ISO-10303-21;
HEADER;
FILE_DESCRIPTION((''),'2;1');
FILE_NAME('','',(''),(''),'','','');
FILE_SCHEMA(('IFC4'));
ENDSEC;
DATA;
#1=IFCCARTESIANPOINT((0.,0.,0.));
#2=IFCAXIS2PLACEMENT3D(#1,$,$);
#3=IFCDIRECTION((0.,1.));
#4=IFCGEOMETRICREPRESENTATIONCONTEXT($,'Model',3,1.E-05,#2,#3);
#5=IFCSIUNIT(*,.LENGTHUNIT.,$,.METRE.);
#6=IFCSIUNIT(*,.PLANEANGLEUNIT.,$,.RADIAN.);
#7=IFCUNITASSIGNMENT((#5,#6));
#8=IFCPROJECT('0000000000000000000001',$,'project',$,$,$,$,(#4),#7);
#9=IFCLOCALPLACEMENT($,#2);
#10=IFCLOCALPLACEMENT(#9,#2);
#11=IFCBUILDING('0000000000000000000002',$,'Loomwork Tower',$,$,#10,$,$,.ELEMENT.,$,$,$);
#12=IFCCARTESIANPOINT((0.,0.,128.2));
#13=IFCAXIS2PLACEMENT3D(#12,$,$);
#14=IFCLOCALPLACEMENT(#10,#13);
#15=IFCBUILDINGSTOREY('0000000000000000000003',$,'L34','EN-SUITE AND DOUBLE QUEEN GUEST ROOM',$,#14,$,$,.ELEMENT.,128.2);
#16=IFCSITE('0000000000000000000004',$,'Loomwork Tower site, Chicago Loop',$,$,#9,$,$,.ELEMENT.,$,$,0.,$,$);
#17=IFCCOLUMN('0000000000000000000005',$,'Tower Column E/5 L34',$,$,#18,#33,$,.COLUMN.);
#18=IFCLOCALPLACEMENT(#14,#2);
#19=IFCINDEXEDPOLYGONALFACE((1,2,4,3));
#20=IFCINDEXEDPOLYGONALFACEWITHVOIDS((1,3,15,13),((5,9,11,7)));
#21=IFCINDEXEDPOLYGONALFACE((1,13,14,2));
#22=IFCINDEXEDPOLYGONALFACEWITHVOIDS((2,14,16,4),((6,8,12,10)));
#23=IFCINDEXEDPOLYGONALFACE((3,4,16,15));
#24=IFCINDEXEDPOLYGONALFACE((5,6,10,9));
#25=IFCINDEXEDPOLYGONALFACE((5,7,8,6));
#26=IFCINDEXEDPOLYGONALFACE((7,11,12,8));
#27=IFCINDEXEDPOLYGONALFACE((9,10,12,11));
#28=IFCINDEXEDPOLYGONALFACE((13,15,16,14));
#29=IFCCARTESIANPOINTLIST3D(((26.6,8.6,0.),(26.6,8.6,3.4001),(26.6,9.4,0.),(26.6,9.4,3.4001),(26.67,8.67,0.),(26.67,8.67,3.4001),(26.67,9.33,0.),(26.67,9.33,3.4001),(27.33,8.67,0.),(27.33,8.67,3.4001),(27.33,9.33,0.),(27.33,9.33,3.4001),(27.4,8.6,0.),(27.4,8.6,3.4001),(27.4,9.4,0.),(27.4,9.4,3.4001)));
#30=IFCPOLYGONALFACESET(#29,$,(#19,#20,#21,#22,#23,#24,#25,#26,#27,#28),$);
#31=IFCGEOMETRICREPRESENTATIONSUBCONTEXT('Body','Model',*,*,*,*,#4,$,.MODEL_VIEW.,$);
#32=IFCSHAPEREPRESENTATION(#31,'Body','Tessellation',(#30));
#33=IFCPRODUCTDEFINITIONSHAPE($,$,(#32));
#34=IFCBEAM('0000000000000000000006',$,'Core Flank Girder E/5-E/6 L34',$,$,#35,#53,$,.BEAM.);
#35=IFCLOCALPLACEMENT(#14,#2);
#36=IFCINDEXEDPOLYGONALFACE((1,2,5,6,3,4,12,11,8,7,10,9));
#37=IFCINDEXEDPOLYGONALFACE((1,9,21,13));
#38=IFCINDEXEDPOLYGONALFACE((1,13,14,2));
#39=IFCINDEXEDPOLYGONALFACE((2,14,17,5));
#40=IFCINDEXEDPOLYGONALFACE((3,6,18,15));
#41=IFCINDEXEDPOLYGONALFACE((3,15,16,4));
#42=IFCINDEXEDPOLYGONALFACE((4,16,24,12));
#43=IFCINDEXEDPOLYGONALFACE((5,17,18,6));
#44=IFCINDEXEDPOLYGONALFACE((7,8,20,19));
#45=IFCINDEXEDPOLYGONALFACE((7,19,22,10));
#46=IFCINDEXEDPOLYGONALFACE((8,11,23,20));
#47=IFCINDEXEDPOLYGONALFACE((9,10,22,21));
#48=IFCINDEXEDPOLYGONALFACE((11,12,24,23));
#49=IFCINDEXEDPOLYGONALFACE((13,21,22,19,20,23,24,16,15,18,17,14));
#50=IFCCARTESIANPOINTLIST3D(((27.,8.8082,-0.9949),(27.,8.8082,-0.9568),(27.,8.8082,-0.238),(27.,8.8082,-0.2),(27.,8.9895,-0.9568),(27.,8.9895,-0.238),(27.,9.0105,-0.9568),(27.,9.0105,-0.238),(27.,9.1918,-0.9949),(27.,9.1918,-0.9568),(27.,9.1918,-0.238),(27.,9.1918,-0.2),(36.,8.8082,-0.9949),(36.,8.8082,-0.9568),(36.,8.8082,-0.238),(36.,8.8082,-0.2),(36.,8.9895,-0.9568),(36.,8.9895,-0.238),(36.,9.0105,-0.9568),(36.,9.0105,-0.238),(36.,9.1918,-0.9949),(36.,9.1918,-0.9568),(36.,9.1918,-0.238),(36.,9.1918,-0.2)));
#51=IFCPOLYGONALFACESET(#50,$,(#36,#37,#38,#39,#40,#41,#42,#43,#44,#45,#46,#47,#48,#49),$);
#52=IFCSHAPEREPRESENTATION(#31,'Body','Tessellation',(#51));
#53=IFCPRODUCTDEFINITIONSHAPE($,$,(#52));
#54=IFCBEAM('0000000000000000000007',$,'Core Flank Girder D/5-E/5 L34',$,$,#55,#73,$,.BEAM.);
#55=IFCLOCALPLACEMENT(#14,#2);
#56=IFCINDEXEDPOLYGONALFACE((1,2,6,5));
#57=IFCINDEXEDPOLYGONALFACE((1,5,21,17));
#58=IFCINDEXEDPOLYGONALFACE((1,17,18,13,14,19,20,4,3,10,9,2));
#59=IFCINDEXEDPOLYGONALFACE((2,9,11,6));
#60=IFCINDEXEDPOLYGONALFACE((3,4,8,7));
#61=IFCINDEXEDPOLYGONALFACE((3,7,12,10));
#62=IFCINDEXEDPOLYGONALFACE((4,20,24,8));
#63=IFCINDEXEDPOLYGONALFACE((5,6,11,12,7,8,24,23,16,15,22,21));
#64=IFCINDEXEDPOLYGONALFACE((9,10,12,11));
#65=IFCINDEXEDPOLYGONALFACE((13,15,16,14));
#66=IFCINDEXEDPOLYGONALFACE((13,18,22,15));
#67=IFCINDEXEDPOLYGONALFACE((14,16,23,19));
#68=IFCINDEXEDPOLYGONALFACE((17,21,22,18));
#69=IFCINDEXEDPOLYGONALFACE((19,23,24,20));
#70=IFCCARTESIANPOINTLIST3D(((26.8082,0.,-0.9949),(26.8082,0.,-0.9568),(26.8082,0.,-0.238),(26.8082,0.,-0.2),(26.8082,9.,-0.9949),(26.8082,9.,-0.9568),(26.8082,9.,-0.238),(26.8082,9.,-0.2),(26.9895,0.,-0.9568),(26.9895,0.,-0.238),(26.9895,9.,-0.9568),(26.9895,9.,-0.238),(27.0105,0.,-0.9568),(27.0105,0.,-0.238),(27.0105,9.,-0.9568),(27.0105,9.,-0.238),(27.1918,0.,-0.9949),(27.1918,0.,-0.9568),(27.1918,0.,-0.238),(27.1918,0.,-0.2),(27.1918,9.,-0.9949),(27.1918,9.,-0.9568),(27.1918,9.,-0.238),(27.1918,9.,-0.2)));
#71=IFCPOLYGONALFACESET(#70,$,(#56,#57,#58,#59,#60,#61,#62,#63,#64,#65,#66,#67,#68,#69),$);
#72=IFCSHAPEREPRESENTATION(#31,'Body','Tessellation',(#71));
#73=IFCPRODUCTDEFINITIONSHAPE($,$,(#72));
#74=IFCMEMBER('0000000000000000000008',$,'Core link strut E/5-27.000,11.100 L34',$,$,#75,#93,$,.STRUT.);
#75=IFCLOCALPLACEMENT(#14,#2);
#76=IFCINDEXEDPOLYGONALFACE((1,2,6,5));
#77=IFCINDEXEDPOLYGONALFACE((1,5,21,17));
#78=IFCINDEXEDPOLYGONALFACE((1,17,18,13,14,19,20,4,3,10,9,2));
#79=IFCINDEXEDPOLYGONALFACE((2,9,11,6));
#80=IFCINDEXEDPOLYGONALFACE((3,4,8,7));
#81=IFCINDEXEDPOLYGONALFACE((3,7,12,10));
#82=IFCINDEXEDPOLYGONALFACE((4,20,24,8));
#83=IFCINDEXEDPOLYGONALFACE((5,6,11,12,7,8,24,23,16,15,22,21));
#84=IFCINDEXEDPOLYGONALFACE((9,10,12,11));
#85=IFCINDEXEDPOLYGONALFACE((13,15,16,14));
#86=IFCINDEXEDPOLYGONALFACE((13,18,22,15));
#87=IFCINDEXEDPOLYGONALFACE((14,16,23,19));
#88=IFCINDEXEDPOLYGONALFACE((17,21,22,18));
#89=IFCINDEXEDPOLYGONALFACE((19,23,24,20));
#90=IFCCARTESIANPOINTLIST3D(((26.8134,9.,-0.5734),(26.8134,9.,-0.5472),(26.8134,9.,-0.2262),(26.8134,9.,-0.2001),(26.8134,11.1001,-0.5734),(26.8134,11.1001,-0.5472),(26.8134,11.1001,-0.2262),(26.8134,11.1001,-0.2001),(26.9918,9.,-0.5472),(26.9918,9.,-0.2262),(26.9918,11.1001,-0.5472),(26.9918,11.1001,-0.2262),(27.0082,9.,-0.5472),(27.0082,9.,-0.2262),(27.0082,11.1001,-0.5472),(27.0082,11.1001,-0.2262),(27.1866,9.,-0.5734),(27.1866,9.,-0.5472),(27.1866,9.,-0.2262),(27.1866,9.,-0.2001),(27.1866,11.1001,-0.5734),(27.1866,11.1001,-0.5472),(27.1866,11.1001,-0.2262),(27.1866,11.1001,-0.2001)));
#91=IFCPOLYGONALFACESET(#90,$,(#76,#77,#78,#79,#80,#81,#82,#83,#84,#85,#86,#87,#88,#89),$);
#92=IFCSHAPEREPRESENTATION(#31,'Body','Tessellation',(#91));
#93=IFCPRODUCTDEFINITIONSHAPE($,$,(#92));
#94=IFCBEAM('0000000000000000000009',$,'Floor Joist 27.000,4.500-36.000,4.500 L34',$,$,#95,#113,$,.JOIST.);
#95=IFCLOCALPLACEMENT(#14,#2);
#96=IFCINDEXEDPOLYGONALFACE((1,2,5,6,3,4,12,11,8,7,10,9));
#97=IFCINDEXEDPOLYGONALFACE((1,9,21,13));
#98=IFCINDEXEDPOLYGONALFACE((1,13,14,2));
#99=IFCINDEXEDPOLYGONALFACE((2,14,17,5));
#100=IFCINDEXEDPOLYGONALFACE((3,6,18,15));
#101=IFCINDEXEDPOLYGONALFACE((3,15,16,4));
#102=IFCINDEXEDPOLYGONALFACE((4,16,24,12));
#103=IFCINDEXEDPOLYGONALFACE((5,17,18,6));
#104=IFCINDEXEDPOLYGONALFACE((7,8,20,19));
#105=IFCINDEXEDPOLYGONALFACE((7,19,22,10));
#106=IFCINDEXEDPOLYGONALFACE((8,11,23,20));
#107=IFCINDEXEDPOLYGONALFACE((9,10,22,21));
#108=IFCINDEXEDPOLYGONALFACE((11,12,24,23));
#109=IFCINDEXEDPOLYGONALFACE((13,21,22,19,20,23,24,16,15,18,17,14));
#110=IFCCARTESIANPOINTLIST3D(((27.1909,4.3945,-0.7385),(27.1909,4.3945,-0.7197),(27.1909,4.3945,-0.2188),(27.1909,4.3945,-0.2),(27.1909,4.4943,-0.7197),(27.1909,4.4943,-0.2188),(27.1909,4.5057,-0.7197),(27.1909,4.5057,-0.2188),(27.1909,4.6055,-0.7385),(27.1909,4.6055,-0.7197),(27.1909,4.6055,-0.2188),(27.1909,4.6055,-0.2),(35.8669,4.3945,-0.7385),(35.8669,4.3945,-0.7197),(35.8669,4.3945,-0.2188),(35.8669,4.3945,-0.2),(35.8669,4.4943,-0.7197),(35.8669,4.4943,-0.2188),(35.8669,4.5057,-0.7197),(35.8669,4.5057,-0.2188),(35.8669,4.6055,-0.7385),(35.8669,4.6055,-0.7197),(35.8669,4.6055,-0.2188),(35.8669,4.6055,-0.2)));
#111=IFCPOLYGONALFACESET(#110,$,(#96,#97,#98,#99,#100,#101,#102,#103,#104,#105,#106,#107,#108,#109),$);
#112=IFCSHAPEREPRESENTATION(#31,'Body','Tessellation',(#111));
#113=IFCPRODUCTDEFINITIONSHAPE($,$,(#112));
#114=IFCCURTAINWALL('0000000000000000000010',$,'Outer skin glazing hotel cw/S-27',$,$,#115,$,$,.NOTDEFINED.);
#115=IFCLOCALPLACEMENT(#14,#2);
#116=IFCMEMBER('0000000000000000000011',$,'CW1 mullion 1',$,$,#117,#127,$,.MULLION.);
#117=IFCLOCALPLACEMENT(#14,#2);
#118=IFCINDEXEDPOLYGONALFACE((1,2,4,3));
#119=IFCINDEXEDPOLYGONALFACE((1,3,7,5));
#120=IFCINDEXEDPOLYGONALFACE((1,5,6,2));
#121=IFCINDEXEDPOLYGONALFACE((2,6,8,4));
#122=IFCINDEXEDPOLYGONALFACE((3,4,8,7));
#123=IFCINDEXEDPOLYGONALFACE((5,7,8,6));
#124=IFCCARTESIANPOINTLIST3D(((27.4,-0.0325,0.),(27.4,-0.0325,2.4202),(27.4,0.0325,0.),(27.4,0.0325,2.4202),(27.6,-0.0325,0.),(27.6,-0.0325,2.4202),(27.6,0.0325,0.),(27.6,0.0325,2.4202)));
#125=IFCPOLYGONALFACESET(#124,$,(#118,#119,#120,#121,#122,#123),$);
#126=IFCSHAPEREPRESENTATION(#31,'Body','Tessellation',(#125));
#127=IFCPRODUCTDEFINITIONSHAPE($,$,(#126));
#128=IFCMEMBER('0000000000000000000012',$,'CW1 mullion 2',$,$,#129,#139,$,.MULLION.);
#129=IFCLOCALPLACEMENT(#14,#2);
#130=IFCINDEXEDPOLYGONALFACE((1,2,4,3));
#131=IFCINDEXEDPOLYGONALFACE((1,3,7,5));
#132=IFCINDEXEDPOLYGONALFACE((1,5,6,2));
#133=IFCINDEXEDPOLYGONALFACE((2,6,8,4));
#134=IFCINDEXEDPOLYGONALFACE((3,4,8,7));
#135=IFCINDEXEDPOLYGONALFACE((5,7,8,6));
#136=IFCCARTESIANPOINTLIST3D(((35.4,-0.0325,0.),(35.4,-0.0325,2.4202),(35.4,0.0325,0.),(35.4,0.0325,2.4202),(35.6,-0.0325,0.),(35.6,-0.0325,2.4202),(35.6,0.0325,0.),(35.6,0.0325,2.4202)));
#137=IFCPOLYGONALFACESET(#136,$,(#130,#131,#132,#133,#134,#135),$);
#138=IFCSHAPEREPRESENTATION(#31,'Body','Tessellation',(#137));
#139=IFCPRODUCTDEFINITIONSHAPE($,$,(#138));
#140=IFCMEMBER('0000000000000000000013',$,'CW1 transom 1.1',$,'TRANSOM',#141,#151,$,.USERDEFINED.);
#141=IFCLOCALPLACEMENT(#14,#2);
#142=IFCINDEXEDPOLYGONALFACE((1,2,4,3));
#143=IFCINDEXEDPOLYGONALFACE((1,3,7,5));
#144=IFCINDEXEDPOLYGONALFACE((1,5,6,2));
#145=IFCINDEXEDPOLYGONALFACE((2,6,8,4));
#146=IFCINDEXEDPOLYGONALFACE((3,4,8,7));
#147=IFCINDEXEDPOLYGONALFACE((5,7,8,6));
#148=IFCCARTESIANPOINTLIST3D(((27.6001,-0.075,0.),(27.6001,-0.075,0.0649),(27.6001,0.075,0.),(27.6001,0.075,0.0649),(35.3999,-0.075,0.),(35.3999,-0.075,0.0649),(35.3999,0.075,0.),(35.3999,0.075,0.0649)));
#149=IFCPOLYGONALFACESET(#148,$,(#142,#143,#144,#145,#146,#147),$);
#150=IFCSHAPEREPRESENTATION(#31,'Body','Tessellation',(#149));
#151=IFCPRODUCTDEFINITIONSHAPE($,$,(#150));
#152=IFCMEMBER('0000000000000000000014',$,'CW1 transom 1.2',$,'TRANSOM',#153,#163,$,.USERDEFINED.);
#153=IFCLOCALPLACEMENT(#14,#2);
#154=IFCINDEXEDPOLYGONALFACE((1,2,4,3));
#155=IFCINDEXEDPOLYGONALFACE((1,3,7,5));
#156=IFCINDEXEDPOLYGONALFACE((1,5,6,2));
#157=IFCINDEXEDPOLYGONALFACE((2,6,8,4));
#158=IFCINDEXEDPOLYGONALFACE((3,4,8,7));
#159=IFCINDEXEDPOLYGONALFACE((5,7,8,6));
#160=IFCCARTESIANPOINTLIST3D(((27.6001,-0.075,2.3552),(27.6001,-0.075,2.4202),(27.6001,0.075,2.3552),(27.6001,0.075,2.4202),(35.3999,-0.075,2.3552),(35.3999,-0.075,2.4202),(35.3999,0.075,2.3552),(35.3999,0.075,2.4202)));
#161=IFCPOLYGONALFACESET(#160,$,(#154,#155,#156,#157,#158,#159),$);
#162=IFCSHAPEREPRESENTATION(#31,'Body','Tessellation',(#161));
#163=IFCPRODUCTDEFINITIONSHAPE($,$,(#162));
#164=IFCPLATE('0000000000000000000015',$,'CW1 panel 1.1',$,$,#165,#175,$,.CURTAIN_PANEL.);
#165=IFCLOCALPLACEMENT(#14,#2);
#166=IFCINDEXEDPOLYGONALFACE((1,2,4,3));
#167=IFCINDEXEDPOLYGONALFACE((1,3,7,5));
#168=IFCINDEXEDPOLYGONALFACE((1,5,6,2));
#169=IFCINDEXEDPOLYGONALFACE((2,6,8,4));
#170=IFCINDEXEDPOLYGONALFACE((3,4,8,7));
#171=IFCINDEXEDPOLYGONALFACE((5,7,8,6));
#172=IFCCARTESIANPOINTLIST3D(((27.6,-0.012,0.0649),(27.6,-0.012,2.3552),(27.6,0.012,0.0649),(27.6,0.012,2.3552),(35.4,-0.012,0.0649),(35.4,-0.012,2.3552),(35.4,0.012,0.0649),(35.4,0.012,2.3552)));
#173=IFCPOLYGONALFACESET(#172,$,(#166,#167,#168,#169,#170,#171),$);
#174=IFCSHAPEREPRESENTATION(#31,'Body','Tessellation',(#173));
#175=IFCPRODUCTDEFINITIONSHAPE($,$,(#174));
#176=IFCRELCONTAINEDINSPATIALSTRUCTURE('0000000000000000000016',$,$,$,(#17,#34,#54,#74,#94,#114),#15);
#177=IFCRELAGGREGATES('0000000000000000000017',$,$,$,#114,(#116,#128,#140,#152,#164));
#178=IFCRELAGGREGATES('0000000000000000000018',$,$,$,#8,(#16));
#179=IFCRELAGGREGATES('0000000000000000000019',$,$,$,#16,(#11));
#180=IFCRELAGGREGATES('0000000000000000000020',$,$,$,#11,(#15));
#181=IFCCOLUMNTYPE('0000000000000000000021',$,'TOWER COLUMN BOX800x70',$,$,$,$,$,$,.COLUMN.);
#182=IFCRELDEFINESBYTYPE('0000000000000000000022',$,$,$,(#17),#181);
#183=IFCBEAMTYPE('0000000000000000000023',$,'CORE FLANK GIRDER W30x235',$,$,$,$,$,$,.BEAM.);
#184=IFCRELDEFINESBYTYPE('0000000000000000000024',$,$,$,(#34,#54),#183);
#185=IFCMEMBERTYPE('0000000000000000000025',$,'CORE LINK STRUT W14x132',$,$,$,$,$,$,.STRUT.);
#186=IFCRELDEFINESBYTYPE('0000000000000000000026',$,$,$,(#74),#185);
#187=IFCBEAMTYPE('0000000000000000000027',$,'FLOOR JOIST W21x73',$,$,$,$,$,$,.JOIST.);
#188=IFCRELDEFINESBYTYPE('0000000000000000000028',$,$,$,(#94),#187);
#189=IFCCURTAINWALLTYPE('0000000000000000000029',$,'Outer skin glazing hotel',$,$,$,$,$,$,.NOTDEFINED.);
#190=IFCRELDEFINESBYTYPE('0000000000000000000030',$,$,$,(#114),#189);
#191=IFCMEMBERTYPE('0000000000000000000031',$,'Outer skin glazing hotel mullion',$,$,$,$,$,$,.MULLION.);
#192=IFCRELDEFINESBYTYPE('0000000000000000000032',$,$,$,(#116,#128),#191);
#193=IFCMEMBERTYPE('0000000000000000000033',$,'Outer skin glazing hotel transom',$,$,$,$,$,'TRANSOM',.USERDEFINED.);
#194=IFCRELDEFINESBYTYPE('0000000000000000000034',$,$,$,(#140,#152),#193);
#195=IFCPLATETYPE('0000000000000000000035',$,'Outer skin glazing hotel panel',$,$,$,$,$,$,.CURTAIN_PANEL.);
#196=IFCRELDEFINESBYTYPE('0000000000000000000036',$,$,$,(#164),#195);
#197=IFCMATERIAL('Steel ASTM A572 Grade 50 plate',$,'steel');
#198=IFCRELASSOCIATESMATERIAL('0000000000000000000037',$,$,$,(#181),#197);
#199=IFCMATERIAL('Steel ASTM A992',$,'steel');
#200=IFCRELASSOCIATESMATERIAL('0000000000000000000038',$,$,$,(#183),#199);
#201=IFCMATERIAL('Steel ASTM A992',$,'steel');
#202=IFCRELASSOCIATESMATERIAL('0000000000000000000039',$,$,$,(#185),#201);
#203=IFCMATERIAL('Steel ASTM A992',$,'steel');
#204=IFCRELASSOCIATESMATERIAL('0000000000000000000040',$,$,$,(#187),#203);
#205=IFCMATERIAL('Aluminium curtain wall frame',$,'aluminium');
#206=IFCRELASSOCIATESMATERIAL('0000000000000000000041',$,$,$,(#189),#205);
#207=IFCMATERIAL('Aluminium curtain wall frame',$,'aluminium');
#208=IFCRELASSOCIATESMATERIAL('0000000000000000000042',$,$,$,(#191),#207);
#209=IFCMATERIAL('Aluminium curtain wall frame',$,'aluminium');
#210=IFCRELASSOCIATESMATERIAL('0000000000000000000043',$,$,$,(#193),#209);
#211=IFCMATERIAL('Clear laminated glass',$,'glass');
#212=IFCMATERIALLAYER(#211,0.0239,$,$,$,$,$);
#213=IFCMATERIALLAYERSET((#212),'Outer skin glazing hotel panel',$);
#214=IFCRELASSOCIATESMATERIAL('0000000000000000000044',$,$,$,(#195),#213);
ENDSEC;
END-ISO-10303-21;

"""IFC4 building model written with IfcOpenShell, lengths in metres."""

from ifc_helpers import new_model, si_unit, direction, frame, origin, origin_2d, place, context, subcontext, project, spatial, rectangle, hollow_rectangle, i_section, extrude, material, layer, layer_set, material_profile, profile_set, type_object, element, aggregate, save


model = new_model("IFC4")

# Units and contexts
model_context = context("Model", 3, precision=1e-05, world=origin(), true_north=direction((0.0, 1.0)))
body_context = subcontext(model_context, "Body", "Model", "MODEL_VIEW")
ifc_project = project(units=[si_unit("LENGTHUNIT", "METRE"), si_unit("PLANEANGLEUNIT", "RADIAN")], contexts=[model_context])

# Site, building, storey
site_placement = place(None, origin())
site = spatial("IfcSite", under=ifc_project, at=site_placement, Name="Loomwork Tower site, Chicago Loop", CompositionType="ELEMENT", RefElevation=0.0)
building_placement = place(site_placement, origin())
building = spatial("IfcBuilding", under=site, at=building_placement, Name="Loomwork Tower", CompositionType="ELEMENT")
storey_placement = place(building_placement, frame((0.0, 0.0, 128.2)))
storey = spatial("IfcBuildingStorey", under=building, at=storey_placement, Name="L34", Description="EN-SUITE AND DOUBLE QUEEN GUEST ROOM", CompositionType="ELEMENT", Elevation=128.2)

# Column
ifc_material_1 = material(Name="Steel ASTM A572 Grade 50 plate", Category="steel")
ifc_material_profile_1 = material_profile(ifc_material_1, hollow_rectangle(XDim=0.8, YDim=0.8, WallThickness=0.0701, at=origin_2d()), Name="BOX800x70")
ifc_profile_set_1 = profile_set([ifc_material_profile_1], Name="Steel ASTM A572 Grade 50 plate")
column_type = type_object("IfcColumnType", Name="TOWER COLUMN BOX800x70", PredefinedType="COLUMN", material=ifc_profile_set_1)
column_placement = place(storey_placement, frame((27.0, 9.0, 0.0), z_axis=(0.0, 0.0, 1.0), x_axis=(1.0, 0.0, 0.0)))
element("IfcColumn", 1, at=column_placement, inside=storey, type_object=column_type, Name="Tower Column E/5 L34", PredefinedType="COLUMN", context=body_context, shape_type="SweptSolid", body=[
    extrude(hollow_rectangle(XDim=0.8, YDim=0.8, WallThickness=0.0701, at=origin_2d()), origin(), (0.0, 0.0, 1.0), 3.4001),
])

# Beams
ifc_material_2 = material(Name="Steel ASTM A992", Category="steel")
ifc_material_profile_2 = material_profile(ifc_material_2, i_section(OverallWidth=0.3835, OverallDepth=0.7949, WebThickness=0.021, FlangeThickness=0.0381, at=origin_2d()), Name="W30x235")
ifc_profile_set_2 = profile_set([ifc_material_profile_2], Name="Steel ASTM A992")
beam_type_1 = type_object("IfcBeamType", Name="CORE FLANK GIRDER W30x235", PredefinedType="BEAM", material=ifc_profile_set_2)
for number, where, z_axis, x_axis, name in (
    (2, (27.0, 9.0, -0.5974), (1.0, 0.0, 0.0), (0.0, 1.0, 0.0), "Core Flank Girder E/5-E/6 L34"),
    (3, (27.0, 0.0, -0.5974), (0.0, 1.0, 0.0), (-1.0, 0.0, 0.0), "Core Flank Girder D/5-E/5 L34"),
):
    element("IfcBeam", number, at=place(storey_placement, frame(where, z_axis=z_axis, x_axis=x_axis)), inside=storey, type_object=beam_type_1, Name=name, PredefinedType="BEAM", context=body_context, shape_type="SweptSolid", body=[
        extrude(i_section(OverallWidth=0.3835, OverallDepth=0.7949, WebThickness=0.021, FlangeThickness=0.0381, at=origin_2d()), origin(), (0.0, 0.0, 1.0), 9.0),
    ])

# Member
ifc_material_3 = material(Name="Steel ASTM A992", Category="steel")
ifc_material_profile_3 = material_profile(ifc_material_3, i_section(OverallWidth=0.3733, OverallDepth=0.3733, WebThickness=0.0164, FlangeThickness=0.0261, at=origin_2d()), Name="W14x132")
ifc_profile_set_3 = profile_set([ifc_material_profile_3], Name="Steel ASTM A992")
member_type_1 = type_object("IfcMemberType", Name="CORE LINK STRUT W14x132", PredefinedType="STRUT", material=ifc_profile_set_3)
member_1_placement = place(storey_placement, frame((27.0, 9.0, -0.3867), z_axis=(0.0, 1.0, 0.0), x_axis=(-1.0, 0.0, 0.0)))
element("IfcMember", 4, at=member_1_placement, inside=storey, type_object=member_type_1, Name="Core link strut E/5-27.000,11.100 L34", PredefinedType="STRUT", context=body_context, shape_type="SweptSolid", body=[
    extrude(i_section(OverallWidth=0.3733, OverallDepth=0.3733, WebThickness=0.0164, FlangeThickness=0.0261, at=origin_2d()), origin(), (0.0, 0.0, 1.0), 2.1001),
])

# Beam
ifc_material_4 = material(Name="Steel ASTM A992", Category="steel")
ifc_material_profile_4 = material_profile(ifc_material_4, i_section(OverallWidth=0.2109, OverallDepth=0.5386, WebThickness=0.0115, FlangeThickness=0.0188, at=origin_2d()), Name="W21x73")
ifc_profile_set_4 = profile_set([ifc_material_profile_4], Name="Steel ASTM A992")
beam_type_2 = type_object("IfcBeamType", Name="FLOOR JOIST W21x73", PredefinedType="JOIST", material=ifc_profile_set_4)
beam_placement = place(storey_placement, frame((27.1909, 4.5, -0.4692), z_axis=(1.0, 0.0, 0.0), x_axis=(0.0, 1.0, 0.0)))
element("IfcBeam", 5, at=beam_placement, inside=storey, type_object=beam_type_2, Name="Floor Joist 27.000,4.500-36.000,4.500 L34", PredefinedType="JOIST", context=body_context, shape_type="SweptSolid", body=[
    extrude(i_section(OverallWidth=0.2109, OverallDepth=0.5386, WebThickness=0.0115, FlangeThickness=0.0188, at=origin_2d()), origin(), (0.0, 0.0, 1.0), 8.676),
])

# Curtain wall, members, plate
ifc_material_5 = material(Name="Aluminium curtain wall frame", Category="aluminium")
curtain_wall_type = type_object("IfcCurtainWallType", Name="Outer skin glazing hotel", PredefinedType="NOTDEFINED", material=ifc_material_5)
curtain_wall_placement = place(storey_placement, origin())
curtain_wall = element("IfcCurtainWall", 6, at=curtain_wall_placement, inside=storey, type_object=curtain_wall_type, Name="Outer skin glazing hotel cw/S-27", PredefinedType="NOTDEFINED")
ifc_material_6 = material(Name="Aluminium curtain wall frame", Category="aluminium")
ifc_material_profile_5 = material_profile(ifc_material_6, rectangle(XDim=0.0649, YDim=0.2, at=origin_2d()), Name="AL 65x200")
ifc_profile_set_5 = profile_set([ifc_material_profile_5], Name="Aluminium curtain wall frame")
member_type_2 = type_object("IfcMemberType", Name="Outer skin glazing hotel mullion", PredefinedType="MULLION", material=ifc_profile_set_5)
member_2_placement = place(storey_placement, frame((27.5, 0.0, 0.0), z_axis=(0.0, 0.0, 1.0), x_axis=(0.0, 1.0, 0.0)))
member_2 = element("IfcMember", 7, at=member_2_placement, type_object=member_type_2, Name="CW1 mullion 1", PredefinedType="MULLION", context=body_context, shape_type="SweptSolid", body=[
    extrude(rectangle(XDim=0.0649, YDim=0.2, at=origin_2d()), origin(), (0.0, 0.0, 1.0), 2.4202),
])
member_3_placement = place(storey_placement, frame((35.5, 0.0, 0.0), z_axis=(0.0, 0.0, 1.0), x_axis=(0.0, 1.0, 0.0)))
member_3 = element("IfcMember", 8, at=member_3_placement, type_object=member_type_2, Name="CW1 mullion 2", PredefinedType="MULLION", context=body_context, shape_type="SweptSolid", body=[
    extrude(rectangle(XDim=0.0649, YDim=0.2, at=origin_2d()), origin(), (0.0, 0.0, 1.0), 2.4202),
])
ifc_material_7 = material(Name="Aluminium curtain wall frame", Category="aluminium")
ifc_material_profile_6 = material_profile(ifc_material_7, rectangle(XDim=0.1499, YDim=0.0649, at=origin_2d()), Name="AL 65x150")
ifc_profile_set_6 = profile_set([ifc_material_profile_6], Name="Aluminium curtain wall frame")
member_type_3 = type_object("IfcMemberType", Name="Outer skin glazing hotel transom", ElementType="TRANSOM", PredefinedType="USERDEFINED", material=ifc_profile_set_6)
member_4_placement = place(storey_placement, frame((27.6001, 0.0, 0.0325), z_axis=(1.0, 0.0, 0.0), x_axis=(0.0, 1.0, 0.0)))
member_4 = element("IfcMember", 9, at=member_4_placement, type_object=member_type_3, Name="CW1 transom 1.1", ObjectType="TRANSOM", PredefinedType="USERDEFINED", context=body_context, shape_type="SweptSolid", body=[
    extrude(rectangle(XDim=0.1499, YDim=0.0649, at=origin_2d()), origin(), (0.0, 0.0, 1.0), 7.7998),
])
member_5_placement = place(storey_placement, frame((27.6001, 0.0, 2.3877), z_axis=(1.0, 0.0, 0.0), x_axis=(0.0, 1.0, 0.0)))
member_5 = element("IfcMember", 10, at=member_5_placement, type_object=member_type_3, Name="CW1 transom 1.2", ObjectType="TRANSOM", PredefinedType="USERDEFINED", context=body_context, shape_type="SweptSolid", body=[
    extrude(rectangle(XDim=0.1499, YDim=0.0649, at=origin_2d()), origin(), (0.0, 0.0, 1.0), 7.7998),
])
ifc_material_8 = material(Name="Clear laminated glass", Category="glass")
ifc_layer_1 = layer(ifc_material_8, 0.0239)
ifc_layer_set_1 = layer_set([ifc_layer_1], Name="Outer skin glazing hotel panel")
plate_type = type_object("IfcPlateType", Name="Outer skin glazing hotel panel", PredefinedType="CURTAIN_PANEL", material=ifc_layer_set_1)
plate_placement = place(storey_placement, frame((31.5, 0.0, 0.0649), z_axis=(0.0, 0.0, 1.0), x_axis=(1.0, 0.0, 0.0)))
plate = element("IfcPlate", 11, at=plate_placement, type_object=plate_type, Name="CW1 panel 1.1", PredefinedType="CURTAIN_PANEL", context=body_context, shape_type="SweptSolid", body=[
    extrude(rectangle(XDim=7.8, YDim=0.0239, at=origin_2d()), origin(), (0.0, 0.0, 1.0), 2.2903),
])
aggregate(curtain_wall, [member_2, member_3, member_4, member_5, plate])

save(model, "model.ifc")
